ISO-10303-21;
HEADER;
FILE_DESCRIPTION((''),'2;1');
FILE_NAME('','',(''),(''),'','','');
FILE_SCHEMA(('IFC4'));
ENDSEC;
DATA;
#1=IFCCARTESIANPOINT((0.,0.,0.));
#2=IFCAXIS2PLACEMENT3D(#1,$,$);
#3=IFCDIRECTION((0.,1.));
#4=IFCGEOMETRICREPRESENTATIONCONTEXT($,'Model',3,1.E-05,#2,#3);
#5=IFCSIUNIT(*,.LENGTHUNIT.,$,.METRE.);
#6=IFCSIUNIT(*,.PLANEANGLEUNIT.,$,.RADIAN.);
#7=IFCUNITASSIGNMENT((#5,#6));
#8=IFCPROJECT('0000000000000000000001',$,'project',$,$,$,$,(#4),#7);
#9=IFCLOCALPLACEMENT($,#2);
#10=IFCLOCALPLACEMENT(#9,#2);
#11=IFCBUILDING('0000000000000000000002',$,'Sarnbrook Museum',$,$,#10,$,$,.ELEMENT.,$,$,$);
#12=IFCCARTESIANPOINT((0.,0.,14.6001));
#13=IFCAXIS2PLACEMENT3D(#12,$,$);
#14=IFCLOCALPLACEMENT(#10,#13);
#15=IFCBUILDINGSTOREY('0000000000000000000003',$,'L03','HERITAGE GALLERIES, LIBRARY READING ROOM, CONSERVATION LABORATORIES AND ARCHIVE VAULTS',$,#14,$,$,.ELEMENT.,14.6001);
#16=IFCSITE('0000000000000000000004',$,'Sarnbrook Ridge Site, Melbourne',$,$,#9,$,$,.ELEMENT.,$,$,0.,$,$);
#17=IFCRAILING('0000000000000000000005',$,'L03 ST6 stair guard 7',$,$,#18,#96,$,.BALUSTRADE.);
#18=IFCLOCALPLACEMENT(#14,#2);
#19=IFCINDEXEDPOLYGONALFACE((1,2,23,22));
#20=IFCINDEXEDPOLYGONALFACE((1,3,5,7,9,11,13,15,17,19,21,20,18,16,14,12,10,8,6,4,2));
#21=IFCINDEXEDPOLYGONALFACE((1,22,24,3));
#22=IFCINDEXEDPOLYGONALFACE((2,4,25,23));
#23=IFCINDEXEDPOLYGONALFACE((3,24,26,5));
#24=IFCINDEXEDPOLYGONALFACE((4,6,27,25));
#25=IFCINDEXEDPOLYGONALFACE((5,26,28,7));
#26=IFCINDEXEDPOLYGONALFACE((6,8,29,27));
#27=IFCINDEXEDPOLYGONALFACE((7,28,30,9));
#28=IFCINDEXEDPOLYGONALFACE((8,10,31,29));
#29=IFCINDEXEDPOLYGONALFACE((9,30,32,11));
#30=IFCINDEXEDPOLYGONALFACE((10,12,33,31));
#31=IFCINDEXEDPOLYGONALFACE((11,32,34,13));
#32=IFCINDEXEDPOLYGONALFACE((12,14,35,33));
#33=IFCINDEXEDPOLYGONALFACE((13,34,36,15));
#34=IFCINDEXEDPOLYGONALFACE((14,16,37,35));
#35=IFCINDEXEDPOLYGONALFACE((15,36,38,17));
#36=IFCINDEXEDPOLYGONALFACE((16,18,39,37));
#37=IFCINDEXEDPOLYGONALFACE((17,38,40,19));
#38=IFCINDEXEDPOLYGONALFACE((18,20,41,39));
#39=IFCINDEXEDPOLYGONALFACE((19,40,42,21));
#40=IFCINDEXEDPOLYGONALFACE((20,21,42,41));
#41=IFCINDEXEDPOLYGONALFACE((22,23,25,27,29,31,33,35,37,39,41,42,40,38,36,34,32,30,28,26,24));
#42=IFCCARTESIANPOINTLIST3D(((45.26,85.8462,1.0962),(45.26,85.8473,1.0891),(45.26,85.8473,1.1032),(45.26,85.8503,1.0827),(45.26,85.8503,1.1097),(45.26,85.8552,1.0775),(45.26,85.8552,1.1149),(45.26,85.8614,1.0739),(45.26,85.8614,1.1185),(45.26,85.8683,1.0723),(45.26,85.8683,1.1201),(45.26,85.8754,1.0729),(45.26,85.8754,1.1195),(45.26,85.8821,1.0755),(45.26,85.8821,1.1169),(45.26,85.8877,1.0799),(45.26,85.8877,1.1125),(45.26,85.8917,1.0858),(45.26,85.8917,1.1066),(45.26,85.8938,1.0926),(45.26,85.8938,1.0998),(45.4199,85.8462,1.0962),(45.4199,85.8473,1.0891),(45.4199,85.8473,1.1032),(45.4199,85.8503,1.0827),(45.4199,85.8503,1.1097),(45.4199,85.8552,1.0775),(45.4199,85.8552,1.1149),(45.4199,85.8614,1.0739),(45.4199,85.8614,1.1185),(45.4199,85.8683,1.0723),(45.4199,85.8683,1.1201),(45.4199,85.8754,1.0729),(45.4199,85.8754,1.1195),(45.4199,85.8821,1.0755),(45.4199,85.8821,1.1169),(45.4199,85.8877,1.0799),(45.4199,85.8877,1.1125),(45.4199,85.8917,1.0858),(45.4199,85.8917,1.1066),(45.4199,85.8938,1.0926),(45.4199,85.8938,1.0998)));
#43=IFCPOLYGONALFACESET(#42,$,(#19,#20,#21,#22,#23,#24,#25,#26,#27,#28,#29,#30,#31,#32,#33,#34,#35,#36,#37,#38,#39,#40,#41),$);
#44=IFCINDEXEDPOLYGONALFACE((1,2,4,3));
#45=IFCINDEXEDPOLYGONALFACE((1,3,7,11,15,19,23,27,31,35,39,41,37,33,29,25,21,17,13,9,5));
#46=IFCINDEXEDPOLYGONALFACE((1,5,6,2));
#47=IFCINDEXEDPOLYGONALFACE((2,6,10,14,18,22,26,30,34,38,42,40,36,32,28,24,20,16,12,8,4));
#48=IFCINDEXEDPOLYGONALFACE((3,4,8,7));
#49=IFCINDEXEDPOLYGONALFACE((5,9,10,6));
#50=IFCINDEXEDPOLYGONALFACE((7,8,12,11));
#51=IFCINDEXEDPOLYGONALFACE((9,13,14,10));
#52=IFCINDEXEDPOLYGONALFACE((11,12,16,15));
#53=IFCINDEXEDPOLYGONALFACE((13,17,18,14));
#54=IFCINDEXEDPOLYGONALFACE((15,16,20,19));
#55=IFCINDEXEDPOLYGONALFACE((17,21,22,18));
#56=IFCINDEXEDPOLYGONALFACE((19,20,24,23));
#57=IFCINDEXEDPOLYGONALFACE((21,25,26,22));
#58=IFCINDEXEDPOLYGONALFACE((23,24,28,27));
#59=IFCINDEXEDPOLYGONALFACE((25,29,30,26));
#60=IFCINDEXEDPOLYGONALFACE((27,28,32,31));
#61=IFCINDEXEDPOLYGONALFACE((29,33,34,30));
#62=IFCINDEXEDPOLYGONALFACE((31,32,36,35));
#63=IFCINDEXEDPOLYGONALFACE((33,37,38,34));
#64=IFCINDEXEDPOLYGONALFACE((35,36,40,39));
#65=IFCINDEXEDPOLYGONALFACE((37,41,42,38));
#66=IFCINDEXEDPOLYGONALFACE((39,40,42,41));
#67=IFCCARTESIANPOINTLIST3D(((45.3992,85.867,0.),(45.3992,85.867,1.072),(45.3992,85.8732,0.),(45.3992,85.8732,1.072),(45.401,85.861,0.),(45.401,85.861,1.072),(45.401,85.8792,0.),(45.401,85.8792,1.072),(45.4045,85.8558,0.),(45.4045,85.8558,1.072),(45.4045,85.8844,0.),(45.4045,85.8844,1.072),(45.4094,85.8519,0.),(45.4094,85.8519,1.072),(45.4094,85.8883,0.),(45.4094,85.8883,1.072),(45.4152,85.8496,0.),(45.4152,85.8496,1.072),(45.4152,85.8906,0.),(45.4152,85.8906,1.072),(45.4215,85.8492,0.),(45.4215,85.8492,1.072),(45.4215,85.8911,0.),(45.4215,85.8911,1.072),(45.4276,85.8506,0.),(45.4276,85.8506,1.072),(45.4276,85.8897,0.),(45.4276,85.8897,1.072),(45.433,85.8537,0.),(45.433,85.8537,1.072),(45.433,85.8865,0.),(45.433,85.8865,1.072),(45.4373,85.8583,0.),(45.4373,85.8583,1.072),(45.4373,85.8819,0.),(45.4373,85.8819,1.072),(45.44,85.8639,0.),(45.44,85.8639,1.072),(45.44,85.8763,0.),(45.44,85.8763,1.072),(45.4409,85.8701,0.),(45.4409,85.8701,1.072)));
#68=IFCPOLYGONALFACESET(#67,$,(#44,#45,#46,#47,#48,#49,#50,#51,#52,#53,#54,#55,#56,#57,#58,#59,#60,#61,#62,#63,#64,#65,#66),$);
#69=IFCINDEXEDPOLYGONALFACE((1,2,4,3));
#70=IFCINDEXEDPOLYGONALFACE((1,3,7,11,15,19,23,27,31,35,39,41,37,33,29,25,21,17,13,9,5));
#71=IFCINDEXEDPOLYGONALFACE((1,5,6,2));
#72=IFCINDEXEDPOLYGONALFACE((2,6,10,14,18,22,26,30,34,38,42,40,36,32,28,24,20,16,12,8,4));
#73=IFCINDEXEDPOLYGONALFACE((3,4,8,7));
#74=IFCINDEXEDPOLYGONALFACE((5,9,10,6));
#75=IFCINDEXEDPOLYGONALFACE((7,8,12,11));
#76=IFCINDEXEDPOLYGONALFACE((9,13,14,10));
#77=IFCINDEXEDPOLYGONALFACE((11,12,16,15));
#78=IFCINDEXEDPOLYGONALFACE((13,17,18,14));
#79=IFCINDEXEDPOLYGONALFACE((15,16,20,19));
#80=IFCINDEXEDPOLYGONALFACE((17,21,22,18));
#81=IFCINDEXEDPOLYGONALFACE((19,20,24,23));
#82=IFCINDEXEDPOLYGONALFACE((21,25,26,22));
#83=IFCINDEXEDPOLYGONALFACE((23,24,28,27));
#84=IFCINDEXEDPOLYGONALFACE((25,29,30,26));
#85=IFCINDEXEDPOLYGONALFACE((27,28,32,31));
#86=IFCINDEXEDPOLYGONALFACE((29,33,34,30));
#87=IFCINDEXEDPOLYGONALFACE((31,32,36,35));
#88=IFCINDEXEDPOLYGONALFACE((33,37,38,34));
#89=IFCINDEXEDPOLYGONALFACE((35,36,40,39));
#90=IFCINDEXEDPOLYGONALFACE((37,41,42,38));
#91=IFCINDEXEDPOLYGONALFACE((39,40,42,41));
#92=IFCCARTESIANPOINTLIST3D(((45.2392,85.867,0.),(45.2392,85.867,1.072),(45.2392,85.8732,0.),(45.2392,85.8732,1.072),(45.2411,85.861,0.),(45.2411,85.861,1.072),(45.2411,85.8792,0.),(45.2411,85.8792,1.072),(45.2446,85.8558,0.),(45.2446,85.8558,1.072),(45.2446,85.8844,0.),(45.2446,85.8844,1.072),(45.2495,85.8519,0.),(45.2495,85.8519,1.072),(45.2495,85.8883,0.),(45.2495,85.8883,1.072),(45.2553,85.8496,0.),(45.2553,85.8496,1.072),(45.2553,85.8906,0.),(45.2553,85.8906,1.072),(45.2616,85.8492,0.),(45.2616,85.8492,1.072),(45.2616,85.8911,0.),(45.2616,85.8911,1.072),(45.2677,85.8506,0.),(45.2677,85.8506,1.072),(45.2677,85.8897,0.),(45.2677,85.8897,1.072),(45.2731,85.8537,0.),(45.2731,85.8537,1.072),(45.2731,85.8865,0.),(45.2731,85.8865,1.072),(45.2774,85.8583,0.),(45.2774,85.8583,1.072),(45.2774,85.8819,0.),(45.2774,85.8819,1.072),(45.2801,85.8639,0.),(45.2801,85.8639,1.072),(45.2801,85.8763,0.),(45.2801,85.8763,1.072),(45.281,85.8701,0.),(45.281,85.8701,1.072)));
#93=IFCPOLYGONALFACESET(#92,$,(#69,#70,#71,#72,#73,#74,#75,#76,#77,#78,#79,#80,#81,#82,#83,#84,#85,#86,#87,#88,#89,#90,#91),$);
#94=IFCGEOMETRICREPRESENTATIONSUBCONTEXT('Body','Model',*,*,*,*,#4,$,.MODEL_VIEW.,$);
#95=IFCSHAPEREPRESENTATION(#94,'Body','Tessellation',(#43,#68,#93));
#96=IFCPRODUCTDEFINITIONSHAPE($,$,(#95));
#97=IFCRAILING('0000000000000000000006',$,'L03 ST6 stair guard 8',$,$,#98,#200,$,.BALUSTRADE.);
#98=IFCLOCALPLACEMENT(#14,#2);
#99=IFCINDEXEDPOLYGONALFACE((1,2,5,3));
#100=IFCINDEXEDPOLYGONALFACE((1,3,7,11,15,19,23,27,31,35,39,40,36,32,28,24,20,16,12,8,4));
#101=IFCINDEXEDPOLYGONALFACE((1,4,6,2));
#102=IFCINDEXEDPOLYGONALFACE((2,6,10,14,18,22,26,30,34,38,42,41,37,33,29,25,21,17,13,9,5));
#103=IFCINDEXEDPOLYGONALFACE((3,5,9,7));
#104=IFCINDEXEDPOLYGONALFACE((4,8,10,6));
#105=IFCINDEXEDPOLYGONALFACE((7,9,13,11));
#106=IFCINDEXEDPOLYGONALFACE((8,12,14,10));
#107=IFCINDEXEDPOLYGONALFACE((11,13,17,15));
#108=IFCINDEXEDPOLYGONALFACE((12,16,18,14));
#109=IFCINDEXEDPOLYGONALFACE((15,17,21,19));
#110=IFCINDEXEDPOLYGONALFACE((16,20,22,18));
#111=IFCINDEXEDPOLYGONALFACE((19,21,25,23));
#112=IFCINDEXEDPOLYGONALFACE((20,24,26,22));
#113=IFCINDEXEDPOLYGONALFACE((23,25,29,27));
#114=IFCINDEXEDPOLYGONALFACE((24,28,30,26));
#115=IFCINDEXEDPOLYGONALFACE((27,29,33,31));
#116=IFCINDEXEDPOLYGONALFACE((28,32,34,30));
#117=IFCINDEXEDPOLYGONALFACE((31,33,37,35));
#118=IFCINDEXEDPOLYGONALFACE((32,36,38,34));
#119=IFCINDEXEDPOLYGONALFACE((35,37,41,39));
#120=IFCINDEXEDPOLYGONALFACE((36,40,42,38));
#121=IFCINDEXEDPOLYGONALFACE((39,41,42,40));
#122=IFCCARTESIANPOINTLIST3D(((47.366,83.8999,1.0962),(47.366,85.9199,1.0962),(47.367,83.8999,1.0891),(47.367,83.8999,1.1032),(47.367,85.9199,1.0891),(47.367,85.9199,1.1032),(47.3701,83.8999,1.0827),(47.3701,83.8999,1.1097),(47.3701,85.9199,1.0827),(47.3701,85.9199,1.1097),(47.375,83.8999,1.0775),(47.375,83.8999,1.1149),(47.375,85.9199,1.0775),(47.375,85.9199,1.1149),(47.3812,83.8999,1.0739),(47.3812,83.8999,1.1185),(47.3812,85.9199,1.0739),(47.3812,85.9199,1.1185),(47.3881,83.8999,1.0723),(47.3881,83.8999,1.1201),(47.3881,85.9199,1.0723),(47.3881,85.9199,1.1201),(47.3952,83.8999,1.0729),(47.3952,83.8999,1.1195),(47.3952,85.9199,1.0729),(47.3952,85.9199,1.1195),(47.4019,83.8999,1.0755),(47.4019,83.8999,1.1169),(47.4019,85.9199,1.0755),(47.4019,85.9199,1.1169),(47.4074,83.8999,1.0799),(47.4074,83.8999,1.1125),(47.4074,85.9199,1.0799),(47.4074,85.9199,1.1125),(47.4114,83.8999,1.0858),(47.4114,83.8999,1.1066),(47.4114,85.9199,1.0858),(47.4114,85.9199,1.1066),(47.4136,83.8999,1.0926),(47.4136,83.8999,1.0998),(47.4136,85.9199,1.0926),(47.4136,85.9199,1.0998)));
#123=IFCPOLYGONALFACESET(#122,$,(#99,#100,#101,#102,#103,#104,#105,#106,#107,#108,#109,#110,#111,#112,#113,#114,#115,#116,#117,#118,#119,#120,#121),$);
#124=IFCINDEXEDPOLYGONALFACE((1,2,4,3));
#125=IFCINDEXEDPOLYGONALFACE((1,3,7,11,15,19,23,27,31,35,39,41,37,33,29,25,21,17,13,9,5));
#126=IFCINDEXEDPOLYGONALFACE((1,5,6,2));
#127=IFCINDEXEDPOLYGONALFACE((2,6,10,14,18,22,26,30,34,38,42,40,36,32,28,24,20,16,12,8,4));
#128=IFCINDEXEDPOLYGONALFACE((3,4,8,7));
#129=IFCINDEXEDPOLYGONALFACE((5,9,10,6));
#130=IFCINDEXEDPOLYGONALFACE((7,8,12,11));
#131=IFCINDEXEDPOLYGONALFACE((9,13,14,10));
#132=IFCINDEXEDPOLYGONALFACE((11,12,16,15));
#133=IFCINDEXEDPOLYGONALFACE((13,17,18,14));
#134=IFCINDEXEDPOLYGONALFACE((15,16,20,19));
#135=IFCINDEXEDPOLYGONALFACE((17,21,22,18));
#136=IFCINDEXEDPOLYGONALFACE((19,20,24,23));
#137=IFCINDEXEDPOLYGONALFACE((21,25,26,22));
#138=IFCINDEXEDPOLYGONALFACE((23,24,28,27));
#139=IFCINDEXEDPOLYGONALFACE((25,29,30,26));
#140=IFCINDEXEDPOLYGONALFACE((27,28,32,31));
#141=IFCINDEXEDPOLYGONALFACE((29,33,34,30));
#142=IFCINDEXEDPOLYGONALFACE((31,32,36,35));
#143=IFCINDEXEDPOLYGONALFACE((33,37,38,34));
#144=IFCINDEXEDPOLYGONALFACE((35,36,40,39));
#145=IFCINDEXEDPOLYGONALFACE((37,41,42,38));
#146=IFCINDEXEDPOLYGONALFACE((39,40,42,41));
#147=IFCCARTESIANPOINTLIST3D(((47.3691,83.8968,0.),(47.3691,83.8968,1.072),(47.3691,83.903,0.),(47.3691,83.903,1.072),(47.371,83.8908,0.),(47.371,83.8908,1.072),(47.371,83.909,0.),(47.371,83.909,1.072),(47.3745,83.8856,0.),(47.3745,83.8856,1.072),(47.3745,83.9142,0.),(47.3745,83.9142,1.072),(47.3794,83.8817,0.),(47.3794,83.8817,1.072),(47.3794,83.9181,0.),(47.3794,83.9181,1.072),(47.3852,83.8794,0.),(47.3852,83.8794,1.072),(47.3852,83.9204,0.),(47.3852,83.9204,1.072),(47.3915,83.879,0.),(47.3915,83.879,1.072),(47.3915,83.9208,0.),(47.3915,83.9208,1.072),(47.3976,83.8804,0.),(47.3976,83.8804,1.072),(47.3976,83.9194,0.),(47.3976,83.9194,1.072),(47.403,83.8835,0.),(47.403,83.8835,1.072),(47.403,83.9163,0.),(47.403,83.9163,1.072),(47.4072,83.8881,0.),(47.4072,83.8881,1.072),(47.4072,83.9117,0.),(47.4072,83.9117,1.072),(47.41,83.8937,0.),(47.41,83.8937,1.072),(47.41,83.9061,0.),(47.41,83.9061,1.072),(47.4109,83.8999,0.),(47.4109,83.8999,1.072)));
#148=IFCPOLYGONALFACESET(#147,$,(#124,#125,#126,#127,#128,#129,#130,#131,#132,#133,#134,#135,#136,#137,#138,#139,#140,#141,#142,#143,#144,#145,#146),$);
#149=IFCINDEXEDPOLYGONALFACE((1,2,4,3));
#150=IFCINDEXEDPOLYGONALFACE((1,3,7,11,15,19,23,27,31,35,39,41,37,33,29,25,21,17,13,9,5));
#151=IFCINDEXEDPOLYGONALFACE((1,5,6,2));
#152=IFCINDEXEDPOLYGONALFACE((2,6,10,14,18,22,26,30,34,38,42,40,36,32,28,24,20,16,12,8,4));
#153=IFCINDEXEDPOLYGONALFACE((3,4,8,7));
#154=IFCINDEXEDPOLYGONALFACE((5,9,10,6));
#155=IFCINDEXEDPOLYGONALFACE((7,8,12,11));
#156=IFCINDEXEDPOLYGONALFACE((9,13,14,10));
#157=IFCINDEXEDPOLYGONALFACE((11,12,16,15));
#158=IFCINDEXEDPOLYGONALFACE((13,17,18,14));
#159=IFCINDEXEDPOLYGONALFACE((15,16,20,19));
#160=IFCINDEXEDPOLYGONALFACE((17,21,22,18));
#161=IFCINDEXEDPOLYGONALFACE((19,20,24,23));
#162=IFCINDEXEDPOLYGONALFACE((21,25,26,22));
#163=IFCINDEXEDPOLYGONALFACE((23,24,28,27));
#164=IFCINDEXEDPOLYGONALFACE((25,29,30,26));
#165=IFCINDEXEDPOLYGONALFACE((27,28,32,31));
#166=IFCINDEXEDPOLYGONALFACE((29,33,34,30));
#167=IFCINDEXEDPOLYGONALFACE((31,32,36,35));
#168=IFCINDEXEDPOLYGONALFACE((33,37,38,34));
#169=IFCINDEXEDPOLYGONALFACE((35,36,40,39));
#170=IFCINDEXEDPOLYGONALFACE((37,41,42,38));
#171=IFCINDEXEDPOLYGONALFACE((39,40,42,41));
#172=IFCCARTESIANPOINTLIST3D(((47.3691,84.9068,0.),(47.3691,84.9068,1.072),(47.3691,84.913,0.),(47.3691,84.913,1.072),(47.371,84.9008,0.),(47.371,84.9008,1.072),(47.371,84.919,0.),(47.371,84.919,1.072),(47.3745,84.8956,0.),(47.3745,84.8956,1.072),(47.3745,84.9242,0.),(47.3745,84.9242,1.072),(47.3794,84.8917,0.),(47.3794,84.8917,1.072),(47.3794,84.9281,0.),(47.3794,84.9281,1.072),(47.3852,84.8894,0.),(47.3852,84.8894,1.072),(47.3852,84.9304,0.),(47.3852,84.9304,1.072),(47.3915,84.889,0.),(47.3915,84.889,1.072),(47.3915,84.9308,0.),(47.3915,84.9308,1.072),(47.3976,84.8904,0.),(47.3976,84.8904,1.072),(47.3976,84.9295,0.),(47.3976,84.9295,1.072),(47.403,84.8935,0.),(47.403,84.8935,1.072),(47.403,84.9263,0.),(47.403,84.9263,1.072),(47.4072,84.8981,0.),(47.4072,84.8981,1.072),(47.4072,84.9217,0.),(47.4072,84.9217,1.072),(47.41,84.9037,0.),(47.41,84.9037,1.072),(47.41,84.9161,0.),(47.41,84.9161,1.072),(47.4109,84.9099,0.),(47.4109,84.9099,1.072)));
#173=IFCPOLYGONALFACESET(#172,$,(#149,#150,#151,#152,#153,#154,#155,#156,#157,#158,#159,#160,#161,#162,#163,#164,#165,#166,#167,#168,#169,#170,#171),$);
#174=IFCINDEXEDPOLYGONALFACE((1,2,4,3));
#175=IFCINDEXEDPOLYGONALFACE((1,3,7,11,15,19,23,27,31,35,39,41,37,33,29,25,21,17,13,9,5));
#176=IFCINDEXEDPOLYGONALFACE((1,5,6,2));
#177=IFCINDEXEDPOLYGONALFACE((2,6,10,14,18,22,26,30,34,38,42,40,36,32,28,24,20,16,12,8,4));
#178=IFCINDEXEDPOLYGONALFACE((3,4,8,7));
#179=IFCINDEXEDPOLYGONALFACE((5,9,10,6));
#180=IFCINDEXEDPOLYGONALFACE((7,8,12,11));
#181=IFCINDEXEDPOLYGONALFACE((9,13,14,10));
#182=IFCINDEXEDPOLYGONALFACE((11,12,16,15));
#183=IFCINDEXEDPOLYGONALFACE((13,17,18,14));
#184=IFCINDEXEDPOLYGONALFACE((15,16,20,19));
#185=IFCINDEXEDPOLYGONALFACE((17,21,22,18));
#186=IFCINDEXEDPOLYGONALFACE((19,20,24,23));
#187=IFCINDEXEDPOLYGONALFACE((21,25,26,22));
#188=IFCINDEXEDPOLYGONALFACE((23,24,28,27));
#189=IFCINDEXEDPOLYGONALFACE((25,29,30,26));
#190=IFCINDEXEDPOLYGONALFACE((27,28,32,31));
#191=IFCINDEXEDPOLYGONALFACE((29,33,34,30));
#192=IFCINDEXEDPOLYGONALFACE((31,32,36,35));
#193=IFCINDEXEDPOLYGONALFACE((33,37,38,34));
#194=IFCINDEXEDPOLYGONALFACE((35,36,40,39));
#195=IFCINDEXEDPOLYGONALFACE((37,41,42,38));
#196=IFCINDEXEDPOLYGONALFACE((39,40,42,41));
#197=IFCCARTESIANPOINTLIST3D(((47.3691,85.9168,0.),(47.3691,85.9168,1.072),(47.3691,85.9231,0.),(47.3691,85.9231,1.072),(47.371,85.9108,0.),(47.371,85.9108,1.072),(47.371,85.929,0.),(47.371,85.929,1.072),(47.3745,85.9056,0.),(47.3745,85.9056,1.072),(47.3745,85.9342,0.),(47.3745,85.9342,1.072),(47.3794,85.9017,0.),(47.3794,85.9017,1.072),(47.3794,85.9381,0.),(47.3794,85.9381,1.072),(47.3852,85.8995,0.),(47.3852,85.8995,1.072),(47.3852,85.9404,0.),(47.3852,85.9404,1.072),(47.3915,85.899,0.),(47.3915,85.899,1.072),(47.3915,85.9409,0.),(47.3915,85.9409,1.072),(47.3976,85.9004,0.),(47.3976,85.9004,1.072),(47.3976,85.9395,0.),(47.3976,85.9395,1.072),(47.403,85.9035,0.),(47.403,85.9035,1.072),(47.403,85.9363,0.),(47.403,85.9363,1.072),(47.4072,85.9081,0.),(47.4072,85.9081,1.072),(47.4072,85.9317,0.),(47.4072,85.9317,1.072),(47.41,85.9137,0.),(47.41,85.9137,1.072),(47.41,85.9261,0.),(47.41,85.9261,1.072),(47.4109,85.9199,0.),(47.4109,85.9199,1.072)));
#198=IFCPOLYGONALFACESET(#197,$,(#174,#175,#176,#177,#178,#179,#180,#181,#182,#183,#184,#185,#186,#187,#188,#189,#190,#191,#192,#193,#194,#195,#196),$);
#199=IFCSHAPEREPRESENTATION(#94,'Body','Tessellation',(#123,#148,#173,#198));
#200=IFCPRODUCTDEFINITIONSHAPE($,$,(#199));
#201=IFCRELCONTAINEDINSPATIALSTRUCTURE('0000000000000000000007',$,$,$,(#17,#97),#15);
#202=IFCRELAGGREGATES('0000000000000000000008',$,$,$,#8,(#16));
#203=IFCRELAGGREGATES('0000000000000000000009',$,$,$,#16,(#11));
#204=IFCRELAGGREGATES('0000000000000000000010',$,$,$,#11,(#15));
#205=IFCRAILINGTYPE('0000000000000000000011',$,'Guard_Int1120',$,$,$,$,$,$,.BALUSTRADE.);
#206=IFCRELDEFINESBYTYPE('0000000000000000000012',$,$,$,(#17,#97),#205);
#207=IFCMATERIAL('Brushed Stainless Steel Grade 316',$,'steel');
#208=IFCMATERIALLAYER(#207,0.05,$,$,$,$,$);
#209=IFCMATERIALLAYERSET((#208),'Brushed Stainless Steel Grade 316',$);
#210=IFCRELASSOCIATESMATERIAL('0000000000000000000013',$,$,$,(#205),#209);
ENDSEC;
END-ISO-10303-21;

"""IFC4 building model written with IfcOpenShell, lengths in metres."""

from ifc_helpers import new_model, si_unit, direction, frame, origin, origin_2d, place, context, subcontext, project, spatial, circle, extrude, material, layer, layer_set, type_object, element, save


model = new_model("IFC4")

# Units and contexts
model_context = context("Model", 3, precision=1e-05, world=origin(), true_north=direction((0.0, 1.0)))
body_context = subcontext(model_context, "Body", "Model", "MODEL_VIEW")
ifc_project = project(units=[si_unit("LENGTHUNIT", "METRE"), si_unit("PLANEANGLEUNIT", "RADIAN")], contexts=[model_context])

# Site, building, storey
site_placement = place(None, origin())
site = spatial("IfcSite", under=ifc_project, at=site_placement, Name="Sarnbrook Ridge Site, Melbourne", CompositionType="ELEMENT", RefElevation=0.0)
building_placement = place(site_placement, origin())
building = spatial("IfcBuilding", under=site, at=building_placement, Name="Sarnbrook Museum", CompositionType="ELEMENT")
storey_placement = place(building_placement, frame((0.0, 0.0, 14.6001)))
storey = spatial("IfcBuildingStorey", under=building, at=storey_placement, Name="L03", Description="HERITAGE GALLERIES, LIBRARY READING ROOM, CONSERVATION LABORATORIES AND ARCHIVE VAULTS", CompositionType="ELEMENT", Elevation=14.6001)

# Shared definitions
ifc_material_1 = material(Name="Brushed Stainless Steel Grade 316", Category="steel")

# Railings
ifc_layer_1 = layer(ifc_material_1, 0.05)
ifc_layer_set_1 = layer_set([ifc_layer_1], Name="Brushed Stainless Steel Grade 316")
railing_type_1 = type_object("IfcRailingType", Name="Guard_Int1120", PredefinedType="BALUSTRADE", material=ifc_layer_set_1)
railing_1_placement = place(storey_placement, frame((45.4199, 85.8701, 0.0)))
element("IfcRailing", 1, at=railing_1_placement, inside=storey, type_object=railing_type_1, Name="L03 ST6 stair guard 7", PredefinedType="BALUSTRADE", context=body_context, shape_type="SweptSolid", body=[
    extrude(circle(Radius=0.0239, at=origin_2d()), frame((0.0, 0.0, 1.0962), z_axis=(-1.0, 0.0, 0.0), x_axis=(0.0, -1.0, 0.0)), (0.0, 0.0, 1.0), 0.1599),
    extrude(circle(Radius=0.021, at=origin_2d()), origin(), (0.0, 0.0, 1.0), 1.072),
    extrude(circle(Radius=0.021, at=origin_2d()), frame((-0.1599, 0.0, 0.0)), (0.0, 0.0, 1.0), 1.072),
])
for number, where, name in (
    (2, (47.3899, 83.8999, 0.0), "L03 ST6 stair guard 8"),
):
    element("IfcRailing", number, at=place(storey_placement, frame(where)), inside=storey, type_object=railing_type_1, Name=name, PredefinedType="BALUSTRADE", context=body_context, shape_type="SweptSolid", body=[
        extrude(circle(Radius=0.0239, at=origin_2d()), frame((0.0, 0.0, 1.0962), z_axis=(0.0, 1.0, 0.0), x_axis=(-1.0, 0.0, 0.0)), (0.0, 0.0, 1.0), 2.02),
        extrude(circle(Radius=0.021, at=origin_2d()), origin(), (0.0, 0.0, 1.0), 1.072),
        extrude(circle(Radius=0.021, at=origin_2d()), frame((0.0, 1.01, 0.0)), (0.0, 0.0, 1.0), 1.072),
        extrude(circle(Radius=0.021, at=origin_2d()), frame((0.0, 2.02, 0.0)), (0.0, 0.0, 1.0), 1.072),
    ])

save(model, "model.ifc")
